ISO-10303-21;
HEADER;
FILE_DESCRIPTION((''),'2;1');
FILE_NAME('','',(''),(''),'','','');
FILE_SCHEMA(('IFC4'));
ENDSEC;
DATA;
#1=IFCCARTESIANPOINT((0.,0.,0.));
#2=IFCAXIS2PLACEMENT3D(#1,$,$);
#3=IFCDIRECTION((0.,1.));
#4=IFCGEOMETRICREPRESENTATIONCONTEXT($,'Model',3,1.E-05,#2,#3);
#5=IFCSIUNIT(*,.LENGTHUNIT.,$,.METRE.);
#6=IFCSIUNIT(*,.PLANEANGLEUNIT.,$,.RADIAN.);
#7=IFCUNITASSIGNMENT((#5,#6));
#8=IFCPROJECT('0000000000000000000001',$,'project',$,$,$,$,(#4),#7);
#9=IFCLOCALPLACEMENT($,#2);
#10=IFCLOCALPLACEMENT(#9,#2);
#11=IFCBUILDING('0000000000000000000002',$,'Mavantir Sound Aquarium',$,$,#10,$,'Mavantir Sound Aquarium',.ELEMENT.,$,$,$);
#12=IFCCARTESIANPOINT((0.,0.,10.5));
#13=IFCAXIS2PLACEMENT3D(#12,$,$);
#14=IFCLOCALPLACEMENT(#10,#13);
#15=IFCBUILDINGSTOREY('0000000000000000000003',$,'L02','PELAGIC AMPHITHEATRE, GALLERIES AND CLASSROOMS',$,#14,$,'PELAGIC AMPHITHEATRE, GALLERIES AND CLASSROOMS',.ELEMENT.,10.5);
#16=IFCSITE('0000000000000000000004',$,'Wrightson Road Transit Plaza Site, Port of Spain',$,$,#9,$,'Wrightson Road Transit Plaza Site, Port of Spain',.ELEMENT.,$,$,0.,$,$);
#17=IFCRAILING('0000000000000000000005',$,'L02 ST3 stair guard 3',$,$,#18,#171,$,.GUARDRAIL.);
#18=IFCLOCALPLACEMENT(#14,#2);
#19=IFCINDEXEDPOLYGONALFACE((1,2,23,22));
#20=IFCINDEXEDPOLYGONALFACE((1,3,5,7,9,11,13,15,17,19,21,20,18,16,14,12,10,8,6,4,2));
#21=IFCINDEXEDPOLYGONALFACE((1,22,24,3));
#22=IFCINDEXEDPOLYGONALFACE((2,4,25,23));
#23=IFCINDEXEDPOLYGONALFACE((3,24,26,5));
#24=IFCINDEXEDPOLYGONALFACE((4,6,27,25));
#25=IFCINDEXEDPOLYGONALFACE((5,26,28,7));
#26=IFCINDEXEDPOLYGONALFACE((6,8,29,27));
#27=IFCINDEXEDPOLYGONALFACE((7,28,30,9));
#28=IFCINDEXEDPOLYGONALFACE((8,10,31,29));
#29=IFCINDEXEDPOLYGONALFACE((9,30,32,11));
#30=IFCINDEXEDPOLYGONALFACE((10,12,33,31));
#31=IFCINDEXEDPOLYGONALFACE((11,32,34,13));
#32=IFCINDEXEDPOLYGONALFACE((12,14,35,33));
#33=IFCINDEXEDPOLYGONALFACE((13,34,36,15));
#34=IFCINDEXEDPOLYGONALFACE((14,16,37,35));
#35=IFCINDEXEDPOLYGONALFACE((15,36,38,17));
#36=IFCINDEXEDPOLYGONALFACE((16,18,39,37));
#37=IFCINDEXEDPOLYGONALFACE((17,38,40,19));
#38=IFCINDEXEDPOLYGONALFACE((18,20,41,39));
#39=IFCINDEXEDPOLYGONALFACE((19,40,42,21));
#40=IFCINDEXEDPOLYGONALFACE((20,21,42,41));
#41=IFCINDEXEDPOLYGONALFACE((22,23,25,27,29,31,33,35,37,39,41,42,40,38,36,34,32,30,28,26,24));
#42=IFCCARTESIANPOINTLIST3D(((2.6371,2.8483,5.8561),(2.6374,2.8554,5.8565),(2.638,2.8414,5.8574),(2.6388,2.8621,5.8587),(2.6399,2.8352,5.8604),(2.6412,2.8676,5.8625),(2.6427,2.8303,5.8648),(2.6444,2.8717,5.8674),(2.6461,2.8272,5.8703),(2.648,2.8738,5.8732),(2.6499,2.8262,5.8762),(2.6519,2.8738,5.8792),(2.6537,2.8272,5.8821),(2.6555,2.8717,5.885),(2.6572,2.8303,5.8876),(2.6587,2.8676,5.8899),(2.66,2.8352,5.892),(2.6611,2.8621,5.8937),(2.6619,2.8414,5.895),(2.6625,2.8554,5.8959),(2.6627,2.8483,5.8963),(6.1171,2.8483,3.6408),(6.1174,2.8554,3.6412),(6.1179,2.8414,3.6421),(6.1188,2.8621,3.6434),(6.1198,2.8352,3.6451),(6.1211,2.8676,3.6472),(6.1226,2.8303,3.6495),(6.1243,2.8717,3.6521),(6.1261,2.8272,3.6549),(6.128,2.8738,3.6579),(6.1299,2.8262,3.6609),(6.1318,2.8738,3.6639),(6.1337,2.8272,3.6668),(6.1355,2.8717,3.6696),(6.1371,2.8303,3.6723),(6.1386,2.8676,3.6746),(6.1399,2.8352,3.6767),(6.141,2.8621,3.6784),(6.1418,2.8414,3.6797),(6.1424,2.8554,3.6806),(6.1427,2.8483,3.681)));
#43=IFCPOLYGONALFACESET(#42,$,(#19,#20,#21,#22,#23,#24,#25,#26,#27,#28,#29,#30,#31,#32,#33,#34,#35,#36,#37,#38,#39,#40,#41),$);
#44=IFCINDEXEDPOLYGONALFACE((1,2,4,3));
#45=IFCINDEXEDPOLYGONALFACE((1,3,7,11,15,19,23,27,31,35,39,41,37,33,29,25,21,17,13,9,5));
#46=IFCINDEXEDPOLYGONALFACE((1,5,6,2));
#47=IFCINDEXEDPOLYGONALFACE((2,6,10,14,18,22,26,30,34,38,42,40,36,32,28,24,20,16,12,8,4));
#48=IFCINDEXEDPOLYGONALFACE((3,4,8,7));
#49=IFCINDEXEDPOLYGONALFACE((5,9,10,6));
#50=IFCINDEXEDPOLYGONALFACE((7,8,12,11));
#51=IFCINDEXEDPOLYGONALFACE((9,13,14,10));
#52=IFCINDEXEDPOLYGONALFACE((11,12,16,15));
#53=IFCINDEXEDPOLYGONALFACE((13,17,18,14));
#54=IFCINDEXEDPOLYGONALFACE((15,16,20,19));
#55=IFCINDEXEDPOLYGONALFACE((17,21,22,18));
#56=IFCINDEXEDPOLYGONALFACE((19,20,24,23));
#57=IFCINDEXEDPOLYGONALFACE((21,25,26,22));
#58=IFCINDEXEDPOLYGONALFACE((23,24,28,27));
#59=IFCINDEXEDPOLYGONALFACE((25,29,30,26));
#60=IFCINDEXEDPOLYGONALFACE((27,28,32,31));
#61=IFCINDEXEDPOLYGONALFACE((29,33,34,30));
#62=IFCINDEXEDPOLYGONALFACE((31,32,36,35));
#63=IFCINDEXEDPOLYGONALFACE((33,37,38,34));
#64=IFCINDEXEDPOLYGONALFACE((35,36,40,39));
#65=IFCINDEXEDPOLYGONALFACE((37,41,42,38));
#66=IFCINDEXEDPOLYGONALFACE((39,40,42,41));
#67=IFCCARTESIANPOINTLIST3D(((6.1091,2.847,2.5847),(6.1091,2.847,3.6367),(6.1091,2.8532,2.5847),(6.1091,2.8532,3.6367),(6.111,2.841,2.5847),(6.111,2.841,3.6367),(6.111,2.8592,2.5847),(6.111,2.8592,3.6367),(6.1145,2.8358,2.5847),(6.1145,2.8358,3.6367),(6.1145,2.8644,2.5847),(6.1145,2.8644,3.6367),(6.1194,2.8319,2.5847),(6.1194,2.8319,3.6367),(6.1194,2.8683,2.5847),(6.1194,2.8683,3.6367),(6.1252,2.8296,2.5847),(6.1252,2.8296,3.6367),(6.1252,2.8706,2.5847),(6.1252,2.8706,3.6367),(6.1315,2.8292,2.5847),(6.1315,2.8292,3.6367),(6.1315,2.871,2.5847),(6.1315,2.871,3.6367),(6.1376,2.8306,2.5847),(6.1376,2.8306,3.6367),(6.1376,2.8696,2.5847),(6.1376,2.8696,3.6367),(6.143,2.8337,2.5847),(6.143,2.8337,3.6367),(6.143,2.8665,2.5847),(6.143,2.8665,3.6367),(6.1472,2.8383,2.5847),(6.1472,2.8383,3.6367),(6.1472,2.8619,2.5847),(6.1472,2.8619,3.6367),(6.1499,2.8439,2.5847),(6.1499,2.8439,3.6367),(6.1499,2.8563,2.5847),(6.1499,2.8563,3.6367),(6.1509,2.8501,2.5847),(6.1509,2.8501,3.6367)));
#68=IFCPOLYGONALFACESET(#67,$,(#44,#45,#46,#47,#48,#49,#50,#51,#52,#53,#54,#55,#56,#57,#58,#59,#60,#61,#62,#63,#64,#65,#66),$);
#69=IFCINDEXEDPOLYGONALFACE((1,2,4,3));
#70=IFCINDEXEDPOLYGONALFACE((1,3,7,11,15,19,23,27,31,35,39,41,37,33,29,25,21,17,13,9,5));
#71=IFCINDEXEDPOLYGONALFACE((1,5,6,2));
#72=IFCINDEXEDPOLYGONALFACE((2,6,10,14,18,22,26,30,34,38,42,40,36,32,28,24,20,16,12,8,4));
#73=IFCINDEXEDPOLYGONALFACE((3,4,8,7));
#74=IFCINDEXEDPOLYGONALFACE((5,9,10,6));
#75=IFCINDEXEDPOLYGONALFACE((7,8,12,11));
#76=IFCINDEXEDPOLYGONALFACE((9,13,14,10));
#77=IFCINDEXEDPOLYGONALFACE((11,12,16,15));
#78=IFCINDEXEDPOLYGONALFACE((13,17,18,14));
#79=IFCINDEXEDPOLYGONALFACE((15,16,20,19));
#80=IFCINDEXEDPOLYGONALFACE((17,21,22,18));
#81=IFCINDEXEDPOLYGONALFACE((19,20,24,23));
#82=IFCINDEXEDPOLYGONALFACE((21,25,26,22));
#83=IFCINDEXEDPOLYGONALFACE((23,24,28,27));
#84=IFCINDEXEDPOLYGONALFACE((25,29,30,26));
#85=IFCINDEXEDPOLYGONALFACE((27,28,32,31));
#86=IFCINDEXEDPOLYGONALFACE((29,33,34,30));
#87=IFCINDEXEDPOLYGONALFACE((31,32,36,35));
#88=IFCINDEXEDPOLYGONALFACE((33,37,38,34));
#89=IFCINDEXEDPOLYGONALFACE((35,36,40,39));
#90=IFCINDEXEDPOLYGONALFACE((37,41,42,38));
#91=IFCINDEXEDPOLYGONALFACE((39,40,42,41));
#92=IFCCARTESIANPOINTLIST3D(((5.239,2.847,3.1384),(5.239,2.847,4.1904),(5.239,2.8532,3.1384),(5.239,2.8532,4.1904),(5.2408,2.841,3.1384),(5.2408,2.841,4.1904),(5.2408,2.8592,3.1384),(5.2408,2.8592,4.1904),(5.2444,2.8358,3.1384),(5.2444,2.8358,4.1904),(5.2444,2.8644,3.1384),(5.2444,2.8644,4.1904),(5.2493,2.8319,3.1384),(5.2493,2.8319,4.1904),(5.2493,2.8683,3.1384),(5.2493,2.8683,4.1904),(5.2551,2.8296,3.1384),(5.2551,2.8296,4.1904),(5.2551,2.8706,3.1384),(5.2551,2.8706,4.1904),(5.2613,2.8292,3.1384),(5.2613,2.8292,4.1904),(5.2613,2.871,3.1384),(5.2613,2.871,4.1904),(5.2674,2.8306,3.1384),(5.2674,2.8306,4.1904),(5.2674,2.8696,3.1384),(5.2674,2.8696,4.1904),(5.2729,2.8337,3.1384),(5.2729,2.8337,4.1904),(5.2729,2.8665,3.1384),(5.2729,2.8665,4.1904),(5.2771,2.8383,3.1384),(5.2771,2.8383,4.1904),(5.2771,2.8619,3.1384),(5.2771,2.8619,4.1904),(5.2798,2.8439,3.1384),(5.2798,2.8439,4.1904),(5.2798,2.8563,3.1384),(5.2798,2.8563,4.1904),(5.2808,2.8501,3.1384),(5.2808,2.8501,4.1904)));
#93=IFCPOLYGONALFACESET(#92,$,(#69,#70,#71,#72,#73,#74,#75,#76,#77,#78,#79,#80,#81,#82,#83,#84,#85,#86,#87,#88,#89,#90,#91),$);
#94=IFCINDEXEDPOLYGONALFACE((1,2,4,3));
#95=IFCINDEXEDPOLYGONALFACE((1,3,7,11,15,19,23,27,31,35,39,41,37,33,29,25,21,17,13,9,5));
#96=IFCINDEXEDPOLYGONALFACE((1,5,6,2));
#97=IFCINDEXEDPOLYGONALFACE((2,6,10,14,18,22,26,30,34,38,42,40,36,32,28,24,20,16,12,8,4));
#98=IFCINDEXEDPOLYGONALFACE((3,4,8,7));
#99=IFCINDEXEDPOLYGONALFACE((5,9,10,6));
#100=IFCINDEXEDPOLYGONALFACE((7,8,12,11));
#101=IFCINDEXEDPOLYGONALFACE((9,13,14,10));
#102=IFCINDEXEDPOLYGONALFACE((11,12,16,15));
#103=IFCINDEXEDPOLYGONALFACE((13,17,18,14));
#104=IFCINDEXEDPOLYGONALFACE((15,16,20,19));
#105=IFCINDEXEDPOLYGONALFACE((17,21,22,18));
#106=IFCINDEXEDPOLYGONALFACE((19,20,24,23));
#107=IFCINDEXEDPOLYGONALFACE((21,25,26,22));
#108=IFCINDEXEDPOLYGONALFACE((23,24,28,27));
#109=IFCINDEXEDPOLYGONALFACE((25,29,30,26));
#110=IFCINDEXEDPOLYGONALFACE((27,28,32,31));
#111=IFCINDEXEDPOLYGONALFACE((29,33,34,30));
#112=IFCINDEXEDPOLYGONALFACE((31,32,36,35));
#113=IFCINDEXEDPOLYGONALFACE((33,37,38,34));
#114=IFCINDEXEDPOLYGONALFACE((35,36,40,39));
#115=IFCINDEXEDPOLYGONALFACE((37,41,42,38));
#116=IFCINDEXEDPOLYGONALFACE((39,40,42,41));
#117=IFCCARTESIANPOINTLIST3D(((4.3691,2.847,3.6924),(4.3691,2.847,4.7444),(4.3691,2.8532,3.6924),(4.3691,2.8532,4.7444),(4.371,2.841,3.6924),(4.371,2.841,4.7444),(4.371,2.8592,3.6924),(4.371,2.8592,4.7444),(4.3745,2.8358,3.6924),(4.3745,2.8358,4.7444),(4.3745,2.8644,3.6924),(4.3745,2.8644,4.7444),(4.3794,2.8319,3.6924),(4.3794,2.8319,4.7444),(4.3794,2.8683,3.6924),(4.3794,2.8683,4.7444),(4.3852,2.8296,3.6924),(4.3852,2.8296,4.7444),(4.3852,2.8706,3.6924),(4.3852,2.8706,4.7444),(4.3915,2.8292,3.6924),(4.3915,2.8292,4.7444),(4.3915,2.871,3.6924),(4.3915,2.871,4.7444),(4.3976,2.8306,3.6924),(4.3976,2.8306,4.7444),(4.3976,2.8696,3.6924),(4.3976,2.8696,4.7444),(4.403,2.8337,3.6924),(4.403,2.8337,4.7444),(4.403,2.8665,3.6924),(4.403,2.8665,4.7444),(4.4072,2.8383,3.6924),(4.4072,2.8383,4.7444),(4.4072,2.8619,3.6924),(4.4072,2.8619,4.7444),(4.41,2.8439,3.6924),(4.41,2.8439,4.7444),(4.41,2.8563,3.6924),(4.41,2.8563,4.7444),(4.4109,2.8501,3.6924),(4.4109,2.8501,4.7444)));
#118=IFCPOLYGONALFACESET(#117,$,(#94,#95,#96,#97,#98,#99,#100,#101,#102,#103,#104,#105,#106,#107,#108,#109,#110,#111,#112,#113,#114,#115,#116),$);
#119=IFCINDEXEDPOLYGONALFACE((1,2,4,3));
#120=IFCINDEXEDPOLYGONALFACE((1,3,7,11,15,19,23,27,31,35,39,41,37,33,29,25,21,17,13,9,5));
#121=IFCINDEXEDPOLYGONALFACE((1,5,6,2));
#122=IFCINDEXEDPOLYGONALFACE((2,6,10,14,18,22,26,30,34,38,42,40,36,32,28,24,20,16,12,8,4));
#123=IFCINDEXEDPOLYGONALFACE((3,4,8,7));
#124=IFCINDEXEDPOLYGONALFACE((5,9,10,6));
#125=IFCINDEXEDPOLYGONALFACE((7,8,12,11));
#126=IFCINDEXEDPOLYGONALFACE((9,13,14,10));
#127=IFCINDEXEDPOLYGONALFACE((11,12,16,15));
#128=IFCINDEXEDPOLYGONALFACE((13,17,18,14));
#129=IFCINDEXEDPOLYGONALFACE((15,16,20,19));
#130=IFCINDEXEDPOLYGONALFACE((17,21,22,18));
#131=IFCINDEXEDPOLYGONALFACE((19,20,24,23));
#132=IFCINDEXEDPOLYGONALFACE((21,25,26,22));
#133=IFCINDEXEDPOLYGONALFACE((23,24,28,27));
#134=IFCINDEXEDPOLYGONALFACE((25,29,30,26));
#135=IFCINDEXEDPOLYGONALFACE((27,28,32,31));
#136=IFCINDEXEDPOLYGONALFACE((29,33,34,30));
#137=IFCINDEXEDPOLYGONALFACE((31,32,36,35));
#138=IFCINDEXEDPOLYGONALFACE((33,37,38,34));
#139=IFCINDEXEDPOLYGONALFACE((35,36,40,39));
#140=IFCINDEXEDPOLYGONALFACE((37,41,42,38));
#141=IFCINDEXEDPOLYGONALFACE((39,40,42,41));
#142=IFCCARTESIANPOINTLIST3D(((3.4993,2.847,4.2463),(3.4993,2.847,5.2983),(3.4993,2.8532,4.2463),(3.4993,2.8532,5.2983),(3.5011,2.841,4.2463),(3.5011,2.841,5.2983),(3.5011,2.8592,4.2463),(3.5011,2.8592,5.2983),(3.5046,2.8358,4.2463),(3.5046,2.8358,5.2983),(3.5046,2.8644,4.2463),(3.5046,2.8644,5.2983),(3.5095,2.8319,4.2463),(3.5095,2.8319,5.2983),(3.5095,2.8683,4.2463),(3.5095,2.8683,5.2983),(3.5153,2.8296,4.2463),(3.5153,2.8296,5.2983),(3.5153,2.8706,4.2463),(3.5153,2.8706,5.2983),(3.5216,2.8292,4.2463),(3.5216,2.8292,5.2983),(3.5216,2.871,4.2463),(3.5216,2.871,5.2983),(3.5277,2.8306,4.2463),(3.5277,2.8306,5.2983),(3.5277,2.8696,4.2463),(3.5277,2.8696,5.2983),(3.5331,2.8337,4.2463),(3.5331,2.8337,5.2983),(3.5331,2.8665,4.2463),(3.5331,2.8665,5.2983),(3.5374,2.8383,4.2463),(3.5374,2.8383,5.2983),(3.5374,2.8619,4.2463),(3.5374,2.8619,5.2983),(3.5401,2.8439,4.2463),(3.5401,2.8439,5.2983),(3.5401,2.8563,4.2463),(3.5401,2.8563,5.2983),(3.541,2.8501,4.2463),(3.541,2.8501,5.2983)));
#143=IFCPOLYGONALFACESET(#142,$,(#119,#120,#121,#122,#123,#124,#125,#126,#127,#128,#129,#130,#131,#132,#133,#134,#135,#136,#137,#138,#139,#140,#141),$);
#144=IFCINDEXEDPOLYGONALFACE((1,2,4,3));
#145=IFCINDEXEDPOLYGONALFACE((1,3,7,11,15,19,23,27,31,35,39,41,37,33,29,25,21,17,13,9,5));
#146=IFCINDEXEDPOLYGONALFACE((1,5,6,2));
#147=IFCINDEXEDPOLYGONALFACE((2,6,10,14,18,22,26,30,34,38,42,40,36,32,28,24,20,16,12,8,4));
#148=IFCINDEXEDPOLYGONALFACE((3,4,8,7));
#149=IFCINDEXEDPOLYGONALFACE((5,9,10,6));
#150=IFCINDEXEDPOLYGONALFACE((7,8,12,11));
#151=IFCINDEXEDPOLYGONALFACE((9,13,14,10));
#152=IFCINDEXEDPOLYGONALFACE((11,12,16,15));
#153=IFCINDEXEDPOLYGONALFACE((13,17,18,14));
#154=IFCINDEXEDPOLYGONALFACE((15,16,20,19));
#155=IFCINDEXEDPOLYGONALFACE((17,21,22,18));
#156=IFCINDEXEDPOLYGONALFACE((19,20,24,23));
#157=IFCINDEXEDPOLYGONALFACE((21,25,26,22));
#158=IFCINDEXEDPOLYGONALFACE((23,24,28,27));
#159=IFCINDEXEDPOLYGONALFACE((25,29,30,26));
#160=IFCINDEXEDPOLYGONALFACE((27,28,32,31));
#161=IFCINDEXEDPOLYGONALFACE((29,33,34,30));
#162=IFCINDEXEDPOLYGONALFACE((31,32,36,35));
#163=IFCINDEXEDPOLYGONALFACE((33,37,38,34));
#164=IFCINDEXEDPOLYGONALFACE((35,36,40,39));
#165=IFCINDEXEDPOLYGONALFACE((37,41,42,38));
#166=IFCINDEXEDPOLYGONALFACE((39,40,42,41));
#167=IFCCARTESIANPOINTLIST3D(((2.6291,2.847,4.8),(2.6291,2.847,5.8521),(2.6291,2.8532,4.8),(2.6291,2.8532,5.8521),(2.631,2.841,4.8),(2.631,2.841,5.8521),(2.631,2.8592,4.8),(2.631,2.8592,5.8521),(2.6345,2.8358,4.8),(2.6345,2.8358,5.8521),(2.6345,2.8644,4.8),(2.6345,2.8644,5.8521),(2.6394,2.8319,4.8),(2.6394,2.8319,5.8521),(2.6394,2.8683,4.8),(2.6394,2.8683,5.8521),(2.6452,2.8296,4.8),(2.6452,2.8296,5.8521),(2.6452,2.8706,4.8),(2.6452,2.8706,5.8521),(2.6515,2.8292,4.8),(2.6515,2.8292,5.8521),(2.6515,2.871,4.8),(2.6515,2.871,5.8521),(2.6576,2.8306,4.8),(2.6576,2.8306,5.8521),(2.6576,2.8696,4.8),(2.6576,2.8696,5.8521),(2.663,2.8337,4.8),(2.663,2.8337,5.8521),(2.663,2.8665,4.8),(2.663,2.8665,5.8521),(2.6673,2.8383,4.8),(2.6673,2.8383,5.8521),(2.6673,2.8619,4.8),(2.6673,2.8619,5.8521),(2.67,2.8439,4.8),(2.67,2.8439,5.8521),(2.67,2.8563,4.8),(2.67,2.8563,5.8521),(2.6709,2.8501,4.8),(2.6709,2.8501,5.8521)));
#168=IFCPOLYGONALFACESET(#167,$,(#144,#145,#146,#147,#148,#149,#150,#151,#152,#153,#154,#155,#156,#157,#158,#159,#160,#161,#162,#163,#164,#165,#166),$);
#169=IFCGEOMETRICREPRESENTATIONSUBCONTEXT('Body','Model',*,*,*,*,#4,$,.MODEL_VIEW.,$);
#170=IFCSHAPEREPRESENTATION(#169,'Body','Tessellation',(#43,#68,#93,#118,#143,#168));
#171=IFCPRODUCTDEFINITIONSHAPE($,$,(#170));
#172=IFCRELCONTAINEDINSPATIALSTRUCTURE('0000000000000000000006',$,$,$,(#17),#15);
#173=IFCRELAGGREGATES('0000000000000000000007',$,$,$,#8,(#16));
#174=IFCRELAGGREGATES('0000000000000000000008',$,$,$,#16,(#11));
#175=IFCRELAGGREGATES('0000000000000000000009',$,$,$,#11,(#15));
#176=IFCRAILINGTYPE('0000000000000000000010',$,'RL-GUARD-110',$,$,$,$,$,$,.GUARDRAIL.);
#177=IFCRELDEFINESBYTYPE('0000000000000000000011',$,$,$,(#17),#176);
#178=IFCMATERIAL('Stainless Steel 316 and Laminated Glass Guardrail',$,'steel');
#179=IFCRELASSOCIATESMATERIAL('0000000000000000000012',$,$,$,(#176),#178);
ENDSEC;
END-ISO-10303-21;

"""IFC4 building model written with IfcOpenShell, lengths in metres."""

from ifc_helpers import new_model, si_unit, direction, frame, origin, origin_2d, place, context, subcontext, project, spatial, circle, extrude, material, type_object, element, save


model = new_model("IFC4")

# Units and contexts
model_context = context("Model", 3, precision=1e-05, world=origin(), true_north=direction((0.0, 1.0)))
body_context = subcontext(model_context, "Body", "Model", "MODEL_VIEW")
ifc_project = project(units=[si_unit("LENGTHUNIT", "METRE"), si_unit("PLANEANGLEUNIT", "RADIAN")], contexts=[model_context])

# Site, building, storey
site_placement = place(None, origin())
site = spatial("IfcSite", under=ifc_project, at=site_placement, Name="Wrightson Road Transit Plaza Site, Port of Spain", LongName="Wrightson Road Transit Plaza Site, Port of Spain", CompositionType="ELEMENT", RefElevation=0.0)
building_placement = place(site_placement, origin())
building = spatial("IfcBuilding", under=site, at=building_placement, Name="Mavantir Sound Aquarium", LongName="Mavantir Sound Aquarium", CompositionType="ELEMENT")
storey_placement = place(building_placement, frame((0.0, 0.0, 10.5)))
storey = spatial("IfcBuildingStorey", under=building, at=storey_placement, Name="L02", Description="PELAGIC AMPHITHEATRE, GALLERIES AND CLASSROOMS", LongName="PELAGIC AMPHITHEATRE, GALLERIES AND CLASSROOMS", CompositionType="ELEMENT", Elevation=10.5)

# Railing
ifc_material_1 = material(Name="Stainless Steel 316 and Laminated Glass Guardrail", Category="steel")
railing_type_1 = type_object("IfcRailingType", Name="RL-GUARD-110", PredefinedType="GUARDRAIL", material=ifc_material_1)
railing_1_placement = place(storey_placement, frame((6.1299, 2.8501, 2.5847)))
element("IfcRailing", 1, at=railing_1_placement, inside=storey, type_object=railing_type_1, Name="L02 ST3 stair guard 3", PredefinedType="GUARDRAIL", context=body_context, shape_type="SweptSolid", body=[
    extrude(circle(Radius=0.0239, at=origin_2d()), frame((0.0, 0.0, 1.0762), z_axis=(-0.843574, 0.0, 0.537013), x_axis=(0.0, -1.0, 0.0)), (0.0, 0.0, 1.0), 4.1252),
    extrude(circle(Radius=0.021, at=origin_2d()), origin(), (0.0, 0.0, 1.0), 1.052),
    extrude(circle(Radius=0.021, at=origin_2d()), frame((-0.8701, 0.0, 0.5537)), (0.0, 0.0, 1.0), 1.052),
    extrude(circle(Radius=0.021, at=origin_2d()), frame((-1.74, 0.0, 1.1077)), (0.0, 0.0, 1.0), 1.052),
    extrude(circle(Radius=0.021, at=origin_2d()), frame((-2.6099, 0.0, 1.6616)), (0.0, 0.0, 1.0), 1.052),
    extrude(circle(Radius=0.021, at=origin_2d()), frame((-3.48, 0.0, 2.2153)), (0.0, 0.0, 1.0), 1.052),
])

save(model, "model.ifc")
